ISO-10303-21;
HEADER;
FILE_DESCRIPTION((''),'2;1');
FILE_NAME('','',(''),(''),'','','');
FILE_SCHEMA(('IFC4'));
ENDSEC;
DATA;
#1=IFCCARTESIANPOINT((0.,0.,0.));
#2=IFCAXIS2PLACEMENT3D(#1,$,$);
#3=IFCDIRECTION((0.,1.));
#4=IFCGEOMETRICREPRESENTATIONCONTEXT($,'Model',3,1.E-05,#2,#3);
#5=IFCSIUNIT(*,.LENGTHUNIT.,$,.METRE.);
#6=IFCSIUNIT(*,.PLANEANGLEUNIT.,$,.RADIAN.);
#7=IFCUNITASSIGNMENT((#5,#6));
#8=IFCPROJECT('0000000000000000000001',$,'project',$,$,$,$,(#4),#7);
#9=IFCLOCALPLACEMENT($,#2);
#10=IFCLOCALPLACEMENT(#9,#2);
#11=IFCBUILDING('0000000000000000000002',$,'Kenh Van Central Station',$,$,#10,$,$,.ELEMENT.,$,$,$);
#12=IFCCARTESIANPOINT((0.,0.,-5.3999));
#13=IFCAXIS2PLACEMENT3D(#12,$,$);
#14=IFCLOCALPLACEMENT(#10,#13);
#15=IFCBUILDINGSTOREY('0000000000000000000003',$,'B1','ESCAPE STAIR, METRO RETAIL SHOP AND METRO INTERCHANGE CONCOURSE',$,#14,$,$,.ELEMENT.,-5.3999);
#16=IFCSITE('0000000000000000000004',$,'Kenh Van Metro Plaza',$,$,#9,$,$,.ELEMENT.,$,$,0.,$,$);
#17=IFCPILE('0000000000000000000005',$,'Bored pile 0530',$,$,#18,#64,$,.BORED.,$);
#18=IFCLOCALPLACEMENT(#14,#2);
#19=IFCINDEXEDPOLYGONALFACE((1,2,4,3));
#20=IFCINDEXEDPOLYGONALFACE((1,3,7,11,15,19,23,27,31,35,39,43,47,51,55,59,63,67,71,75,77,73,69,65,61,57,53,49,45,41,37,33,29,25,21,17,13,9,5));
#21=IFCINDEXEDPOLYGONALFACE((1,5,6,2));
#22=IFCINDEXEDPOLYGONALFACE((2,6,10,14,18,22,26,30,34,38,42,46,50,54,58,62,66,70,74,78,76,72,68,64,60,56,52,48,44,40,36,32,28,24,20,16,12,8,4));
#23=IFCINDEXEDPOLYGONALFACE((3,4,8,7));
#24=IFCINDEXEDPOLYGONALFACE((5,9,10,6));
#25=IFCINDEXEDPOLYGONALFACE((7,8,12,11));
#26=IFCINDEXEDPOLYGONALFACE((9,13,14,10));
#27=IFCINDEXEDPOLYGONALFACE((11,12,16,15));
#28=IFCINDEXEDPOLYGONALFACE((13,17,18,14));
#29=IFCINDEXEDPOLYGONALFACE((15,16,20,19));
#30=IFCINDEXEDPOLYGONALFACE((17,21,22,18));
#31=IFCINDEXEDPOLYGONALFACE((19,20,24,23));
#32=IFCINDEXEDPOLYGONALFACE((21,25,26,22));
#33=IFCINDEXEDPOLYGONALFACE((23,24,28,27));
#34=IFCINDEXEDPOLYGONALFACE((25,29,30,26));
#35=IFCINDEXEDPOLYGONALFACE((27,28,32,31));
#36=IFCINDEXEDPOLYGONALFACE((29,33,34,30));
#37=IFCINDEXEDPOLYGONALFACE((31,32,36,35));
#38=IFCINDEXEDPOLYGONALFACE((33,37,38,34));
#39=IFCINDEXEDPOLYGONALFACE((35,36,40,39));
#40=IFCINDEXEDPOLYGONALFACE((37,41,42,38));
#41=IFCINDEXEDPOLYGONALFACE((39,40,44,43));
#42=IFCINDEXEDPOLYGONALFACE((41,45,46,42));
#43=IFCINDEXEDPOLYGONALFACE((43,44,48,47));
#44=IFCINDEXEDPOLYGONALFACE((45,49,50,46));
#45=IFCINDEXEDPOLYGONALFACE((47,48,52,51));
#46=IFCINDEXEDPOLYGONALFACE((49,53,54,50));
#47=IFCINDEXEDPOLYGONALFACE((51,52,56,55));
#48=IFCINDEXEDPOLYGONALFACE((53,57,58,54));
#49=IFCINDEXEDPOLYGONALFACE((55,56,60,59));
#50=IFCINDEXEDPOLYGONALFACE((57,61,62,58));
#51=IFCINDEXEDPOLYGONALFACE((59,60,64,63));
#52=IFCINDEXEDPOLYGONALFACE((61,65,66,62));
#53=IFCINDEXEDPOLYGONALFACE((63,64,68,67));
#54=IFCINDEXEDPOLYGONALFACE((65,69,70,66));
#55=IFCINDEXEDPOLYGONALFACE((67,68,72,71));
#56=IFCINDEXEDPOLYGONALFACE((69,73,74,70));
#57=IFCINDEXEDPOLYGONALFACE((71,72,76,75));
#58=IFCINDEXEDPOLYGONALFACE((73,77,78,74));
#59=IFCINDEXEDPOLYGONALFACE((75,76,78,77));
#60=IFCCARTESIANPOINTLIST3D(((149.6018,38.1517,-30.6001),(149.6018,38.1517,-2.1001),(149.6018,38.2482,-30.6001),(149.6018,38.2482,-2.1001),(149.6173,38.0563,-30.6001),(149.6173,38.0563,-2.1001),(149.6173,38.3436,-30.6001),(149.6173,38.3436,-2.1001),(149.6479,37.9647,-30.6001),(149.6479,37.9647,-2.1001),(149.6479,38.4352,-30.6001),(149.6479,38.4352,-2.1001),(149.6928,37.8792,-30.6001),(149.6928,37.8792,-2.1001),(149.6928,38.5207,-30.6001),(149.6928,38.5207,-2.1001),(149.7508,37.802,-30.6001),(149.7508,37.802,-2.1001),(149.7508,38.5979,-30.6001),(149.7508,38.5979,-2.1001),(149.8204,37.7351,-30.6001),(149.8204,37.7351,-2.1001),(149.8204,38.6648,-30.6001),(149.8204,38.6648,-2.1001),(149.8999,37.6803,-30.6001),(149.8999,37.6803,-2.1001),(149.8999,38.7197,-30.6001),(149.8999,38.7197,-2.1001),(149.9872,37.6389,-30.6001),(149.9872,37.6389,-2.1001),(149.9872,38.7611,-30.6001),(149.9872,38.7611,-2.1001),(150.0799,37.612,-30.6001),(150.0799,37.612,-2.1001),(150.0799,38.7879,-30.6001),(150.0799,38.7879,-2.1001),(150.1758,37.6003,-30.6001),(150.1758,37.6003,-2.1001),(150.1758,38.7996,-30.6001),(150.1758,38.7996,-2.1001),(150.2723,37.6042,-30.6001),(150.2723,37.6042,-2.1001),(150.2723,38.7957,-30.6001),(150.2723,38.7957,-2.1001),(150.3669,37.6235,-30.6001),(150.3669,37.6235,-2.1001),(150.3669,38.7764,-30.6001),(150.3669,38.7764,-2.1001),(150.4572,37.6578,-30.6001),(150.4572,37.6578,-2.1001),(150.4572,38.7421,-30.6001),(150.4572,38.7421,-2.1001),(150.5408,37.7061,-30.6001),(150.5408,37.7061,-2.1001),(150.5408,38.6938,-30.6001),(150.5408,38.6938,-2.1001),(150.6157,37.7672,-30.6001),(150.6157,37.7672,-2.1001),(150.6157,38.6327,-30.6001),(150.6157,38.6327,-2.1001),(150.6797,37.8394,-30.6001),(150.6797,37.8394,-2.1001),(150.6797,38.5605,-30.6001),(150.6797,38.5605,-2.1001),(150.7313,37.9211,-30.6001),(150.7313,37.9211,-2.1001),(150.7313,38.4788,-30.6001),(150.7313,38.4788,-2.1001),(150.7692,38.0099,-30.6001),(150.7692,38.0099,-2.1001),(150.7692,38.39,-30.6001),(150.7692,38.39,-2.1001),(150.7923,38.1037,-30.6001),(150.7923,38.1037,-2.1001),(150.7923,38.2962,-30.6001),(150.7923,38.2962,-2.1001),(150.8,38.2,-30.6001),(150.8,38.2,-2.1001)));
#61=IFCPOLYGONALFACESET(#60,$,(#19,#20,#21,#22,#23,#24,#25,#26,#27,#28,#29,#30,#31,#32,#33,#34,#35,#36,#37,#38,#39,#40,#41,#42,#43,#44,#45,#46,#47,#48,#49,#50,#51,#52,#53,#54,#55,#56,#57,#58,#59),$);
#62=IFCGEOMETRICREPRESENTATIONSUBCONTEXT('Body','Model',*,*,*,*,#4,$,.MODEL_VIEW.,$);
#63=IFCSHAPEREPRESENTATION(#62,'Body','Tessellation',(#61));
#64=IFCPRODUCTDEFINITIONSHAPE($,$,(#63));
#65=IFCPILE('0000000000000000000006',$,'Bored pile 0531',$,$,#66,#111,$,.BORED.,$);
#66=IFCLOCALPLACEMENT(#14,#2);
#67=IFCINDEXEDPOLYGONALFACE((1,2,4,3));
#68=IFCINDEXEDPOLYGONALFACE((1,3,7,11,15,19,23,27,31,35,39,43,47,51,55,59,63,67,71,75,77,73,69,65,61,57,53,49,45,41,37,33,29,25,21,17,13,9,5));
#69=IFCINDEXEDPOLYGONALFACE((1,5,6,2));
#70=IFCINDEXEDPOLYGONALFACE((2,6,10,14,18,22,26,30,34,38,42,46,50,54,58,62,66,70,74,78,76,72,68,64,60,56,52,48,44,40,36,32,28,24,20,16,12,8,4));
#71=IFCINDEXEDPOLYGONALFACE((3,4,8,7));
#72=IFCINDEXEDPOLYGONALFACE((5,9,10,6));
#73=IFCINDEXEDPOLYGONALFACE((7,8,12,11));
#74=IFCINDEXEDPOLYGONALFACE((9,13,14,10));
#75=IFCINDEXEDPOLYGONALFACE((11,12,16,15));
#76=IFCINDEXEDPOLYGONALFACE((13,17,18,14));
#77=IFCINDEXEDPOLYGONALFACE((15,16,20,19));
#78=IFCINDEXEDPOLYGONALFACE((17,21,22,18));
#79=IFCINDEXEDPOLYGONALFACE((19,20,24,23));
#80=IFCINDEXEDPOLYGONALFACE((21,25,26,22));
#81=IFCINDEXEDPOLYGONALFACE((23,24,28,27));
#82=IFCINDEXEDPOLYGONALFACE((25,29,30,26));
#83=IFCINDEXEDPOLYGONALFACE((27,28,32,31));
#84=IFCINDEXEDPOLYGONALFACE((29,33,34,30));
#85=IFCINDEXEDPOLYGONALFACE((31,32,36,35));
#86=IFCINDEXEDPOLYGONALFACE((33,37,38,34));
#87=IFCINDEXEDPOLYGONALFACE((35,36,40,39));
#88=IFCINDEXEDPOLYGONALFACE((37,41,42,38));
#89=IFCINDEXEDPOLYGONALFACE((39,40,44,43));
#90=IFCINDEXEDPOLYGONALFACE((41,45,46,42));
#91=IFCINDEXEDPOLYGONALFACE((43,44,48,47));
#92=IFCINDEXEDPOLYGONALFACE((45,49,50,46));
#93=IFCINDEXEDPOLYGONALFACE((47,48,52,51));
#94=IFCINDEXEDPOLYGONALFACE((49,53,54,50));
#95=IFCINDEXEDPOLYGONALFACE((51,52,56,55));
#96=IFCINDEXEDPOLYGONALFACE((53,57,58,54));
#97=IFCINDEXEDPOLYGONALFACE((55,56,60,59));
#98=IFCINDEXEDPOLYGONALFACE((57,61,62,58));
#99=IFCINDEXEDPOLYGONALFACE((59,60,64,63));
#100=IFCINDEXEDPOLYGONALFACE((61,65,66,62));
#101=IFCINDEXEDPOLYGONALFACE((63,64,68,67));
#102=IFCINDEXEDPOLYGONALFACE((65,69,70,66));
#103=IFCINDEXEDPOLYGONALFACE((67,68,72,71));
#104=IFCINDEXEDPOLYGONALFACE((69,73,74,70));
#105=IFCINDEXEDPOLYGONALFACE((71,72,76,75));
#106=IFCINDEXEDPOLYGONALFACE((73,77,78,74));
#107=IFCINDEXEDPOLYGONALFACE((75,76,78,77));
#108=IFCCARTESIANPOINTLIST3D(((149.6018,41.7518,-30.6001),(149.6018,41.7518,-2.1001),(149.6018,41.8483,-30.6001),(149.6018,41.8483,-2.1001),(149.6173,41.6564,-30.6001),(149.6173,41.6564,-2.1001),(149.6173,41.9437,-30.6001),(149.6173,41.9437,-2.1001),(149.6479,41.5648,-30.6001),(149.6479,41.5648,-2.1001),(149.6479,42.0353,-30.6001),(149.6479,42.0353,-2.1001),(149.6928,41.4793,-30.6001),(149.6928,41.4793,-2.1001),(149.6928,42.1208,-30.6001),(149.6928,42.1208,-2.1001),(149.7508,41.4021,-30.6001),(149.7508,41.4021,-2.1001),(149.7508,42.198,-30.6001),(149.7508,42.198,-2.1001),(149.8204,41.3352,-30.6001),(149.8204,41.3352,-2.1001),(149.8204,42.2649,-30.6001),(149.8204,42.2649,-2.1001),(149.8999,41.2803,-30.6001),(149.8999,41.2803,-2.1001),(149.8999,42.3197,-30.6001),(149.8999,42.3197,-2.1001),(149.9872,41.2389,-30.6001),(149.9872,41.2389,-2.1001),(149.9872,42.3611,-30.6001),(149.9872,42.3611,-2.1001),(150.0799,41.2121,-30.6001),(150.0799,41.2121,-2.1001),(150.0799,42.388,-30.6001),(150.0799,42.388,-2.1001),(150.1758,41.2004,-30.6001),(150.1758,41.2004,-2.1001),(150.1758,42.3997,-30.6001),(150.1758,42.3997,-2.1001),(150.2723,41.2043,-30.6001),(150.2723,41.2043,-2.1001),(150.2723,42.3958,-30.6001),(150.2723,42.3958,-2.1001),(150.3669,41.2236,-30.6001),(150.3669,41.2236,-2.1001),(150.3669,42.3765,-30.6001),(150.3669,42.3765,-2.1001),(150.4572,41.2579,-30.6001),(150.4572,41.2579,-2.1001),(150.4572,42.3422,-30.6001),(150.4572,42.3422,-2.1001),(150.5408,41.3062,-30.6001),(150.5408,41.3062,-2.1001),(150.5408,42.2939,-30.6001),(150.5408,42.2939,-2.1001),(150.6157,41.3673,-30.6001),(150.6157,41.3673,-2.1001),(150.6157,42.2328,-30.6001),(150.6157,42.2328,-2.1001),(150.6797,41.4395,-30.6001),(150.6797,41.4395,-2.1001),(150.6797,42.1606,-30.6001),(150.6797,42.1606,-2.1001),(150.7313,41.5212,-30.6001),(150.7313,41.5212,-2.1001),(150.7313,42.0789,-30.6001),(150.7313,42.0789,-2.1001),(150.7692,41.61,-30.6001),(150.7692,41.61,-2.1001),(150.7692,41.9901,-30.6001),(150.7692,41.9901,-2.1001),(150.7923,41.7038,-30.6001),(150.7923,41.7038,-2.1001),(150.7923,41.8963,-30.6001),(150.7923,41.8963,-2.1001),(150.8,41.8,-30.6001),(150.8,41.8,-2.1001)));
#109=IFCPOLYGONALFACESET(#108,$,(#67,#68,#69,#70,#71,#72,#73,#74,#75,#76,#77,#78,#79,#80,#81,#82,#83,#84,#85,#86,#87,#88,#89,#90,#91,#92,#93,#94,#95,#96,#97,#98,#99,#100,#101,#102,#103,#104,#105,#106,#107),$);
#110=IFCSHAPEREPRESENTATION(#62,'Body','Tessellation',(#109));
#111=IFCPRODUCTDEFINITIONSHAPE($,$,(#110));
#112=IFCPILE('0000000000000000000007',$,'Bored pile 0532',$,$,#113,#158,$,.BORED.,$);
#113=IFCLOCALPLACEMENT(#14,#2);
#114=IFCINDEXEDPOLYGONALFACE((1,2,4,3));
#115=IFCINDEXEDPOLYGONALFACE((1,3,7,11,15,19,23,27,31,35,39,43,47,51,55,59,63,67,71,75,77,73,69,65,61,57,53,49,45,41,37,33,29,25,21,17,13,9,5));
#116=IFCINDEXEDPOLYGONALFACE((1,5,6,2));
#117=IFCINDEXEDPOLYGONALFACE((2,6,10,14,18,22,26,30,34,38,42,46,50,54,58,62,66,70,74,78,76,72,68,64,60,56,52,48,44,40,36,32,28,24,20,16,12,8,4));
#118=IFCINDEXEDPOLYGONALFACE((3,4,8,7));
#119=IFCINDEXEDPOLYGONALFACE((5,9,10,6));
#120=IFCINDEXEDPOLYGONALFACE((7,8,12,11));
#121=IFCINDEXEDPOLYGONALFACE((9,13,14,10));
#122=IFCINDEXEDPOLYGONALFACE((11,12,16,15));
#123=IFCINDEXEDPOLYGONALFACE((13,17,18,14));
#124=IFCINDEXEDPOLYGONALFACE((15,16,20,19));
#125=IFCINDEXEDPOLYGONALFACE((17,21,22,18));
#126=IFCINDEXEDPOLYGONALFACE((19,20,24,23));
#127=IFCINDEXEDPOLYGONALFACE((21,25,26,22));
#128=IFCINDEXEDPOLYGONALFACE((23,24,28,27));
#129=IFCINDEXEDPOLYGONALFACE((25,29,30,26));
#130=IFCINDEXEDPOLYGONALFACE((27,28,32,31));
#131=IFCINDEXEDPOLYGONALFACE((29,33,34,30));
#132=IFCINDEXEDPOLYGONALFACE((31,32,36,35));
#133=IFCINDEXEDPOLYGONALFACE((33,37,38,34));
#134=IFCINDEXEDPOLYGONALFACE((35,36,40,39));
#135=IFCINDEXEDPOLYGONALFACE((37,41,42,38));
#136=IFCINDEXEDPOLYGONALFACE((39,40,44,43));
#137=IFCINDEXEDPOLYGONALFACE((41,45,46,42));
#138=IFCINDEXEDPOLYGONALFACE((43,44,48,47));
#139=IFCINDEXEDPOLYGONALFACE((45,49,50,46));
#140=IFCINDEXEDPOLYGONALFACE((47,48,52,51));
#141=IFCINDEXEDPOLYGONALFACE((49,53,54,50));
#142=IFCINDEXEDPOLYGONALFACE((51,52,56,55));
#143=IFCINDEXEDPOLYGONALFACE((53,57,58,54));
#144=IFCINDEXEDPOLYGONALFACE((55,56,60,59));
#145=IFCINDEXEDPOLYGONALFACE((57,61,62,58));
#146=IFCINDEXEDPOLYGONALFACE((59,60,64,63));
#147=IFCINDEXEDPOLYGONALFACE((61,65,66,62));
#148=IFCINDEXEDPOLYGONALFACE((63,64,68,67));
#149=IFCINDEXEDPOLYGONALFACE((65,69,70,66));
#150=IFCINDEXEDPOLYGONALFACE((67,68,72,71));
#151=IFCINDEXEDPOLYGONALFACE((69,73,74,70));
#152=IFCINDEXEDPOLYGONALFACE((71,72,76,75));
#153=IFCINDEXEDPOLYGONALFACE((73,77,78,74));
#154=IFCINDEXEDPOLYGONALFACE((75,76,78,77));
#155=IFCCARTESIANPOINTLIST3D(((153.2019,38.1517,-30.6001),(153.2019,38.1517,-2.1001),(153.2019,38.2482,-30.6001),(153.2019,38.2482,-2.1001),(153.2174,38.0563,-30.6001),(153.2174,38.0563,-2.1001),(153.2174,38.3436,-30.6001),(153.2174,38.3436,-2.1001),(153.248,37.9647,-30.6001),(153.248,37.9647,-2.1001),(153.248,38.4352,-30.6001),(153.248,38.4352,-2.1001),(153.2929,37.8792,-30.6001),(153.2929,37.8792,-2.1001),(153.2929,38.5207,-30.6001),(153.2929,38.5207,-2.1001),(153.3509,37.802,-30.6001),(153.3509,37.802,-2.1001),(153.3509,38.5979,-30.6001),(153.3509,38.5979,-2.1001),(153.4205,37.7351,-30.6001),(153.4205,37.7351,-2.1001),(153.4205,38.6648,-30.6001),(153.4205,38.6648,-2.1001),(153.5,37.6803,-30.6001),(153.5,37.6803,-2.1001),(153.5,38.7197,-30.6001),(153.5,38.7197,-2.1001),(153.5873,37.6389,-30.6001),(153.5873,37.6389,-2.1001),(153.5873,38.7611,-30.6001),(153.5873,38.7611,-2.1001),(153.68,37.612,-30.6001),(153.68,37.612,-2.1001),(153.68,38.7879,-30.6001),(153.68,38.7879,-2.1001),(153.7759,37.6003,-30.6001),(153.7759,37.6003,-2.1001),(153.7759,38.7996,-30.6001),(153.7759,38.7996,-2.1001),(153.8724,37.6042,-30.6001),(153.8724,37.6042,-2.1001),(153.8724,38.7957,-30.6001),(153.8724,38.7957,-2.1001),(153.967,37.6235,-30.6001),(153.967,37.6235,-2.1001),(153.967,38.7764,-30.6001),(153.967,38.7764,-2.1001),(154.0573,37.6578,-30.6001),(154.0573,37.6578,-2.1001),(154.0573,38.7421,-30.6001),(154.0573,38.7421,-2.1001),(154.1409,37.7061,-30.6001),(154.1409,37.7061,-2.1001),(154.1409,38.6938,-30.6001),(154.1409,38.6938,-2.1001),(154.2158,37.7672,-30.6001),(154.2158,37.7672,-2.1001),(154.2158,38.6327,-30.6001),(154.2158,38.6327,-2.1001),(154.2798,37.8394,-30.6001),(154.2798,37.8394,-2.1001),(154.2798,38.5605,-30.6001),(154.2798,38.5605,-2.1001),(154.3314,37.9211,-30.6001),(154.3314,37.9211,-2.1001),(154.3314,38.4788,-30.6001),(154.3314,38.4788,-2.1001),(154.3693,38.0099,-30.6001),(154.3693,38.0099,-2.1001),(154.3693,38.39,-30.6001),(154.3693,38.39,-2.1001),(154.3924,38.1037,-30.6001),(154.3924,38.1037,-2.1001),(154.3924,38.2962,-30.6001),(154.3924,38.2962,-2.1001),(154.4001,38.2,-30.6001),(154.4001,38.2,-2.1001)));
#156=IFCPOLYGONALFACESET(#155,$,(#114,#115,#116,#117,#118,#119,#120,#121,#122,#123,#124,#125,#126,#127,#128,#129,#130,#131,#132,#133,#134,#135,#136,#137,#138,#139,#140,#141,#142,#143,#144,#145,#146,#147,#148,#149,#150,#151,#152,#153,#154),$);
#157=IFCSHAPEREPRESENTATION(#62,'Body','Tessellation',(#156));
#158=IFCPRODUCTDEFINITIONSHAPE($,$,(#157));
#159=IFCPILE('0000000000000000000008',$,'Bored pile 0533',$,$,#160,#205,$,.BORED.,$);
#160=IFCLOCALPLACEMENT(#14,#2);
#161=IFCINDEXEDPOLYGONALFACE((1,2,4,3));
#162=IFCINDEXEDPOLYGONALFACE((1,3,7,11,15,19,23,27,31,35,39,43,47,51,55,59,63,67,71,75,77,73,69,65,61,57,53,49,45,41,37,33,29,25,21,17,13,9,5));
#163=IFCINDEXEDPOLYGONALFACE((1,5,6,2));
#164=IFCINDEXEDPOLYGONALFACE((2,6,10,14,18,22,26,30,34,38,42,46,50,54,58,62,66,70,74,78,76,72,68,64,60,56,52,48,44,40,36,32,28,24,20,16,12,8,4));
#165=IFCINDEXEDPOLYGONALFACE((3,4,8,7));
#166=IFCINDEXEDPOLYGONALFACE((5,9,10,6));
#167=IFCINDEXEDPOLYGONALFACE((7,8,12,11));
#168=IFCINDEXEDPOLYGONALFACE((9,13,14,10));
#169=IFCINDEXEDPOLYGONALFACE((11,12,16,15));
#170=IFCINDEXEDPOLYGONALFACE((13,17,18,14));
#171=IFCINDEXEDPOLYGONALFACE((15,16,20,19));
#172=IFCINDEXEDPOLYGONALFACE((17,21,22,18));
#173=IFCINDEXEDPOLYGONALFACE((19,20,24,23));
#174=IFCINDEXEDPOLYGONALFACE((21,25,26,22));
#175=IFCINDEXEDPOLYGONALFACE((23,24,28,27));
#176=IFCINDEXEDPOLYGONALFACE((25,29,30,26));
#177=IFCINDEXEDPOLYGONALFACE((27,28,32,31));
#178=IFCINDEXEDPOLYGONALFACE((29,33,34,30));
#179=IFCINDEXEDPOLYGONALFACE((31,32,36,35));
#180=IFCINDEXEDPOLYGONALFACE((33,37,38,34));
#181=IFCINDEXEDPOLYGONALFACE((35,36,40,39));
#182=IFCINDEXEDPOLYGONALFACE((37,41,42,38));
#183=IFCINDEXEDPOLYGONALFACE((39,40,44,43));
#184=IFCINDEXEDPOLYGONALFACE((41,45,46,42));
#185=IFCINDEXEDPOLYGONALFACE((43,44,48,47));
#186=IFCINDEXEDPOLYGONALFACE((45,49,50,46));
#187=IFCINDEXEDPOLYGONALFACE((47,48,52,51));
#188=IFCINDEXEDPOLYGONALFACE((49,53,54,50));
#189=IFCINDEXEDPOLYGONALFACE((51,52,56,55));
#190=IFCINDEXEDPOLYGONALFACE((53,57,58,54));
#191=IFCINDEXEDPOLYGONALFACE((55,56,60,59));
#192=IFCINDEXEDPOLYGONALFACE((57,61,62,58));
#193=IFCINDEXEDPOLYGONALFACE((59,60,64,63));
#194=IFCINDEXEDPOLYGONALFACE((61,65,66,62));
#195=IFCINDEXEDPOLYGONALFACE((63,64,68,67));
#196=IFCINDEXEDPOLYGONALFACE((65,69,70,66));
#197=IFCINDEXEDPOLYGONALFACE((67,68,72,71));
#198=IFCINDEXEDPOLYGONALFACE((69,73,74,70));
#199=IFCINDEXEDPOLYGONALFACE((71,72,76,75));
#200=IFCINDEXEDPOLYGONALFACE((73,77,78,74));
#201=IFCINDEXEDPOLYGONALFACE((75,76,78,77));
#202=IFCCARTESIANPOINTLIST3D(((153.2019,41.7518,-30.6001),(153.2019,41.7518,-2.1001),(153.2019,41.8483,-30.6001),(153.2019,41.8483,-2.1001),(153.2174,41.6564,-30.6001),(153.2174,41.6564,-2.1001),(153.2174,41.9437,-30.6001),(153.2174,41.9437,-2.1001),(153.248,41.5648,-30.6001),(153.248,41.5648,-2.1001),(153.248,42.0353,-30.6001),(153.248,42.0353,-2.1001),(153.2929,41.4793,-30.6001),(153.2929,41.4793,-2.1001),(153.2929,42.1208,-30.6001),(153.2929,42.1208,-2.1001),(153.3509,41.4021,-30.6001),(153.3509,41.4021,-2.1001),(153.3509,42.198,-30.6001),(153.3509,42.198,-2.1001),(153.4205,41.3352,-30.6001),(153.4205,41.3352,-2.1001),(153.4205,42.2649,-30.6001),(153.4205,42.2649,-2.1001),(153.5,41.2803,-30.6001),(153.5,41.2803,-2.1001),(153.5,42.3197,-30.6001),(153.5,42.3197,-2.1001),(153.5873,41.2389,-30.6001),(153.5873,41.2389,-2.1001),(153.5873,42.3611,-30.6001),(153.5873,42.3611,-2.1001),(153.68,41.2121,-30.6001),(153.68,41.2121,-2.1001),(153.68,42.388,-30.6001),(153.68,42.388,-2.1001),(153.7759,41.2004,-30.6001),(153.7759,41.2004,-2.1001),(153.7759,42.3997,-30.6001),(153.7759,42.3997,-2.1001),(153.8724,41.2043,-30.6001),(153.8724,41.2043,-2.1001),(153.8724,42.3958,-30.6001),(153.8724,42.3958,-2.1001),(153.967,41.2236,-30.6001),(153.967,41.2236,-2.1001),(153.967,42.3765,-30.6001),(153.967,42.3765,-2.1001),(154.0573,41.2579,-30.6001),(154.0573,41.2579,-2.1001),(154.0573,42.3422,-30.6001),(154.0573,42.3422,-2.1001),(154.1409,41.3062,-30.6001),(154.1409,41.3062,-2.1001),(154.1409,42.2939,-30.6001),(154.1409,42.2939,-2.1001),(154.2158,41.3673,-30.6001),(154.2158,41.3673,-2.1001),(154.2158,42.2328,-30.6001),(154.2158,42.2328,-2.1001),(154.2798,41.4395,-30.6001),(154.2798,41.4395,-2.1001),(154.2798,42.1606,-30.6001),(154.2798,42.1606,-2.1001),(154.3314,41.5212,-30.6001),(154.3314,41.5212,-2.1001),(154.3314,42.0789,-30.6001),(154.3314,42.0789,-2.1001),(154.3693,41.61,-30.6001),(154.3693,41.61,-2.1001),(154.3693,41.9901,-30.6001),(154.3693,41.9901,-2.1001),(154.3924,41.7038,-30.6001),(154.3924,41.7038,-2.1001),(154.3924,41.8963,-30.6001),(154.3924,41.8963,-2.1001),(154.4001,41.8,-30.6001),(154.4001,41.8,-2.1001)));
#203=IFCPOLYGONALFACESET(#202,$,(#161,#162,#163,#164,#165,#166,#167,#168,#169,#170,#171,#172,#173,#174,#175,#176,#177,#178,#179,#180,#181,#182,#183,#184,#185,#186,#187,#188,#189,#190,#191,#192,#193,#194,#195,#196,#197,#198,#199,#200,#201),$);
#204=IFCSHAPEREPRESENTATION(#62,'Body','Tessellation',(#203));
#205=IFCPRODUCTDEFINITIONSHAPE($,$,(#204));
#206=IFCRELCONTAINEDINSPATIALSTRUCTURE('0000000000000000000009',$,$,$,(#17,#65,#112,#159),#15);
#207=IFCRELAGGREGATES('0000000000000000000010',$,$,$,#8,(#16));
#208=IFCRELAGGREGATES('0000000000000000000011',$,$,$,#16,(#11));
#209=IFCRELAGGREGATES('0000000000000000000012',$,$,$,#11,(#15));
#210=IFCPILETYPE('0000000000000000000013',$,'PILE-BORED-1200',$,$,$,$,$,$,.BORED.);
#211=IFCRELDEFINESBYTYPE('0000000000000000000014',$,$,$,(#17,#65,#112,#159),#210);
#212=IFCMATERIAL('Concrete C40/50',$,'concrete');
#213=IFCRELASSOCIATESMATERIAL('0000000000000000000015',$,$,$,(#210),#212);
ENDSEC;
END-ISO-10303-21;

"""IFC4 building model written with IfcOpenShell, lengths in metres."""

from ifc_helpers import new_model, si_unit, direction, frame, origin, origin_2d, place, context, subcontext, project, spatial, circle, extrude, material, material_profile, profile_set, type_object, element, save


model = new_model("IFC4")

# Units and contexts
model_context = context("Model", 3, precision=1e-05, world=origin(), true_north=direction((0.0, 1.0)))
body_context = subcontext(model_context, "Body", "Model", "MODEL_VIEW")
ifc_project = project(units=[si_unit("LENGTHUNIT", "METRE"), si_unit("PLANEANGLEUNIT", "RADIAN")], contexts=[model_context])

# Site, building, storey
site_placement = place(None, origin())
site = spatial("IfcSite", under=ifc_project, at=site_placement, Name="Kenh Van Metro Plaza", CompositionType="ELEMENT", RefElevation=0.0)
building_placement = place(site_placement, origin())
building = spatial("IfcBuilding", under=site, at=building_placement, Name="Kenh Van Central Station", CompositionType="ELEMENT")
storey_placement = place(building_placement, frame((0.0, 0.0, -5.3999)))
storey = spatial("IfcBuildingStorey", under=building, at=storey_placement, Name="B1", Description="ESCAPE STAIR, METRO RETAIL SHOP AND METRO INTERCHANGE CONCOURSE", CompositionType="ELEMENT", Elevation=-5.3999)

# Shared definitions
ifc_material_1 = material(Name="Concrete C40/50", Category="concrete")

# Piles
ifc_material_profile_1 = material_profile(ifc_material_1, circle(Radius=0.6001, at=origin_2d()), Name="PILE D1200")
ifc_profile_set_1 = profile_set([ifc_material_profile_1], Name="Concrete C40/50")
pile_type = type_object("IfcPileType", Name="PILE-BORED-1200", PredefinedType="BORED", material=ifc_profile_set_1)
for number, where, z_axis, x_axis, name in (
    (1, (150.2, 38.2, -2.1001), (0.0, 0.0, -1.0), (1.0, 0.0, 0.0), "Bored pile 0530"),
    (2, (150.2, 41.8, -2.1001), (0.0, 0.0, -1.0), (1.0, 0.0, 0.0), "Bored pile 0531"),
    (3, (153.8, 38.2, -2.1001), (0.0, 0.0, -1.0), (1.0, 0.0, 0.0), "Bored pile 0532"),
    (4, (153.8, 41.8, -2.1001), (0.0, 0.0, -1.0), (1.0, 0.0, 0.0), "Bored pile 0533"),
):
    element("IfcPile", number, at=place(storey_placement, frame(where, z_axis=z_axis, x_axis=x_axis)), inside=storey, type_object=pile_type, Name=name, PredefinedType="BORED", context=body_context, shape_type="SweptSolid", body=[
        extrude(circle(Radius=0.6001, at=origin_2d()), origin(), (0.0, 0.0, 1.0), 28.5),
    ])

save(model, "model.ifc")
